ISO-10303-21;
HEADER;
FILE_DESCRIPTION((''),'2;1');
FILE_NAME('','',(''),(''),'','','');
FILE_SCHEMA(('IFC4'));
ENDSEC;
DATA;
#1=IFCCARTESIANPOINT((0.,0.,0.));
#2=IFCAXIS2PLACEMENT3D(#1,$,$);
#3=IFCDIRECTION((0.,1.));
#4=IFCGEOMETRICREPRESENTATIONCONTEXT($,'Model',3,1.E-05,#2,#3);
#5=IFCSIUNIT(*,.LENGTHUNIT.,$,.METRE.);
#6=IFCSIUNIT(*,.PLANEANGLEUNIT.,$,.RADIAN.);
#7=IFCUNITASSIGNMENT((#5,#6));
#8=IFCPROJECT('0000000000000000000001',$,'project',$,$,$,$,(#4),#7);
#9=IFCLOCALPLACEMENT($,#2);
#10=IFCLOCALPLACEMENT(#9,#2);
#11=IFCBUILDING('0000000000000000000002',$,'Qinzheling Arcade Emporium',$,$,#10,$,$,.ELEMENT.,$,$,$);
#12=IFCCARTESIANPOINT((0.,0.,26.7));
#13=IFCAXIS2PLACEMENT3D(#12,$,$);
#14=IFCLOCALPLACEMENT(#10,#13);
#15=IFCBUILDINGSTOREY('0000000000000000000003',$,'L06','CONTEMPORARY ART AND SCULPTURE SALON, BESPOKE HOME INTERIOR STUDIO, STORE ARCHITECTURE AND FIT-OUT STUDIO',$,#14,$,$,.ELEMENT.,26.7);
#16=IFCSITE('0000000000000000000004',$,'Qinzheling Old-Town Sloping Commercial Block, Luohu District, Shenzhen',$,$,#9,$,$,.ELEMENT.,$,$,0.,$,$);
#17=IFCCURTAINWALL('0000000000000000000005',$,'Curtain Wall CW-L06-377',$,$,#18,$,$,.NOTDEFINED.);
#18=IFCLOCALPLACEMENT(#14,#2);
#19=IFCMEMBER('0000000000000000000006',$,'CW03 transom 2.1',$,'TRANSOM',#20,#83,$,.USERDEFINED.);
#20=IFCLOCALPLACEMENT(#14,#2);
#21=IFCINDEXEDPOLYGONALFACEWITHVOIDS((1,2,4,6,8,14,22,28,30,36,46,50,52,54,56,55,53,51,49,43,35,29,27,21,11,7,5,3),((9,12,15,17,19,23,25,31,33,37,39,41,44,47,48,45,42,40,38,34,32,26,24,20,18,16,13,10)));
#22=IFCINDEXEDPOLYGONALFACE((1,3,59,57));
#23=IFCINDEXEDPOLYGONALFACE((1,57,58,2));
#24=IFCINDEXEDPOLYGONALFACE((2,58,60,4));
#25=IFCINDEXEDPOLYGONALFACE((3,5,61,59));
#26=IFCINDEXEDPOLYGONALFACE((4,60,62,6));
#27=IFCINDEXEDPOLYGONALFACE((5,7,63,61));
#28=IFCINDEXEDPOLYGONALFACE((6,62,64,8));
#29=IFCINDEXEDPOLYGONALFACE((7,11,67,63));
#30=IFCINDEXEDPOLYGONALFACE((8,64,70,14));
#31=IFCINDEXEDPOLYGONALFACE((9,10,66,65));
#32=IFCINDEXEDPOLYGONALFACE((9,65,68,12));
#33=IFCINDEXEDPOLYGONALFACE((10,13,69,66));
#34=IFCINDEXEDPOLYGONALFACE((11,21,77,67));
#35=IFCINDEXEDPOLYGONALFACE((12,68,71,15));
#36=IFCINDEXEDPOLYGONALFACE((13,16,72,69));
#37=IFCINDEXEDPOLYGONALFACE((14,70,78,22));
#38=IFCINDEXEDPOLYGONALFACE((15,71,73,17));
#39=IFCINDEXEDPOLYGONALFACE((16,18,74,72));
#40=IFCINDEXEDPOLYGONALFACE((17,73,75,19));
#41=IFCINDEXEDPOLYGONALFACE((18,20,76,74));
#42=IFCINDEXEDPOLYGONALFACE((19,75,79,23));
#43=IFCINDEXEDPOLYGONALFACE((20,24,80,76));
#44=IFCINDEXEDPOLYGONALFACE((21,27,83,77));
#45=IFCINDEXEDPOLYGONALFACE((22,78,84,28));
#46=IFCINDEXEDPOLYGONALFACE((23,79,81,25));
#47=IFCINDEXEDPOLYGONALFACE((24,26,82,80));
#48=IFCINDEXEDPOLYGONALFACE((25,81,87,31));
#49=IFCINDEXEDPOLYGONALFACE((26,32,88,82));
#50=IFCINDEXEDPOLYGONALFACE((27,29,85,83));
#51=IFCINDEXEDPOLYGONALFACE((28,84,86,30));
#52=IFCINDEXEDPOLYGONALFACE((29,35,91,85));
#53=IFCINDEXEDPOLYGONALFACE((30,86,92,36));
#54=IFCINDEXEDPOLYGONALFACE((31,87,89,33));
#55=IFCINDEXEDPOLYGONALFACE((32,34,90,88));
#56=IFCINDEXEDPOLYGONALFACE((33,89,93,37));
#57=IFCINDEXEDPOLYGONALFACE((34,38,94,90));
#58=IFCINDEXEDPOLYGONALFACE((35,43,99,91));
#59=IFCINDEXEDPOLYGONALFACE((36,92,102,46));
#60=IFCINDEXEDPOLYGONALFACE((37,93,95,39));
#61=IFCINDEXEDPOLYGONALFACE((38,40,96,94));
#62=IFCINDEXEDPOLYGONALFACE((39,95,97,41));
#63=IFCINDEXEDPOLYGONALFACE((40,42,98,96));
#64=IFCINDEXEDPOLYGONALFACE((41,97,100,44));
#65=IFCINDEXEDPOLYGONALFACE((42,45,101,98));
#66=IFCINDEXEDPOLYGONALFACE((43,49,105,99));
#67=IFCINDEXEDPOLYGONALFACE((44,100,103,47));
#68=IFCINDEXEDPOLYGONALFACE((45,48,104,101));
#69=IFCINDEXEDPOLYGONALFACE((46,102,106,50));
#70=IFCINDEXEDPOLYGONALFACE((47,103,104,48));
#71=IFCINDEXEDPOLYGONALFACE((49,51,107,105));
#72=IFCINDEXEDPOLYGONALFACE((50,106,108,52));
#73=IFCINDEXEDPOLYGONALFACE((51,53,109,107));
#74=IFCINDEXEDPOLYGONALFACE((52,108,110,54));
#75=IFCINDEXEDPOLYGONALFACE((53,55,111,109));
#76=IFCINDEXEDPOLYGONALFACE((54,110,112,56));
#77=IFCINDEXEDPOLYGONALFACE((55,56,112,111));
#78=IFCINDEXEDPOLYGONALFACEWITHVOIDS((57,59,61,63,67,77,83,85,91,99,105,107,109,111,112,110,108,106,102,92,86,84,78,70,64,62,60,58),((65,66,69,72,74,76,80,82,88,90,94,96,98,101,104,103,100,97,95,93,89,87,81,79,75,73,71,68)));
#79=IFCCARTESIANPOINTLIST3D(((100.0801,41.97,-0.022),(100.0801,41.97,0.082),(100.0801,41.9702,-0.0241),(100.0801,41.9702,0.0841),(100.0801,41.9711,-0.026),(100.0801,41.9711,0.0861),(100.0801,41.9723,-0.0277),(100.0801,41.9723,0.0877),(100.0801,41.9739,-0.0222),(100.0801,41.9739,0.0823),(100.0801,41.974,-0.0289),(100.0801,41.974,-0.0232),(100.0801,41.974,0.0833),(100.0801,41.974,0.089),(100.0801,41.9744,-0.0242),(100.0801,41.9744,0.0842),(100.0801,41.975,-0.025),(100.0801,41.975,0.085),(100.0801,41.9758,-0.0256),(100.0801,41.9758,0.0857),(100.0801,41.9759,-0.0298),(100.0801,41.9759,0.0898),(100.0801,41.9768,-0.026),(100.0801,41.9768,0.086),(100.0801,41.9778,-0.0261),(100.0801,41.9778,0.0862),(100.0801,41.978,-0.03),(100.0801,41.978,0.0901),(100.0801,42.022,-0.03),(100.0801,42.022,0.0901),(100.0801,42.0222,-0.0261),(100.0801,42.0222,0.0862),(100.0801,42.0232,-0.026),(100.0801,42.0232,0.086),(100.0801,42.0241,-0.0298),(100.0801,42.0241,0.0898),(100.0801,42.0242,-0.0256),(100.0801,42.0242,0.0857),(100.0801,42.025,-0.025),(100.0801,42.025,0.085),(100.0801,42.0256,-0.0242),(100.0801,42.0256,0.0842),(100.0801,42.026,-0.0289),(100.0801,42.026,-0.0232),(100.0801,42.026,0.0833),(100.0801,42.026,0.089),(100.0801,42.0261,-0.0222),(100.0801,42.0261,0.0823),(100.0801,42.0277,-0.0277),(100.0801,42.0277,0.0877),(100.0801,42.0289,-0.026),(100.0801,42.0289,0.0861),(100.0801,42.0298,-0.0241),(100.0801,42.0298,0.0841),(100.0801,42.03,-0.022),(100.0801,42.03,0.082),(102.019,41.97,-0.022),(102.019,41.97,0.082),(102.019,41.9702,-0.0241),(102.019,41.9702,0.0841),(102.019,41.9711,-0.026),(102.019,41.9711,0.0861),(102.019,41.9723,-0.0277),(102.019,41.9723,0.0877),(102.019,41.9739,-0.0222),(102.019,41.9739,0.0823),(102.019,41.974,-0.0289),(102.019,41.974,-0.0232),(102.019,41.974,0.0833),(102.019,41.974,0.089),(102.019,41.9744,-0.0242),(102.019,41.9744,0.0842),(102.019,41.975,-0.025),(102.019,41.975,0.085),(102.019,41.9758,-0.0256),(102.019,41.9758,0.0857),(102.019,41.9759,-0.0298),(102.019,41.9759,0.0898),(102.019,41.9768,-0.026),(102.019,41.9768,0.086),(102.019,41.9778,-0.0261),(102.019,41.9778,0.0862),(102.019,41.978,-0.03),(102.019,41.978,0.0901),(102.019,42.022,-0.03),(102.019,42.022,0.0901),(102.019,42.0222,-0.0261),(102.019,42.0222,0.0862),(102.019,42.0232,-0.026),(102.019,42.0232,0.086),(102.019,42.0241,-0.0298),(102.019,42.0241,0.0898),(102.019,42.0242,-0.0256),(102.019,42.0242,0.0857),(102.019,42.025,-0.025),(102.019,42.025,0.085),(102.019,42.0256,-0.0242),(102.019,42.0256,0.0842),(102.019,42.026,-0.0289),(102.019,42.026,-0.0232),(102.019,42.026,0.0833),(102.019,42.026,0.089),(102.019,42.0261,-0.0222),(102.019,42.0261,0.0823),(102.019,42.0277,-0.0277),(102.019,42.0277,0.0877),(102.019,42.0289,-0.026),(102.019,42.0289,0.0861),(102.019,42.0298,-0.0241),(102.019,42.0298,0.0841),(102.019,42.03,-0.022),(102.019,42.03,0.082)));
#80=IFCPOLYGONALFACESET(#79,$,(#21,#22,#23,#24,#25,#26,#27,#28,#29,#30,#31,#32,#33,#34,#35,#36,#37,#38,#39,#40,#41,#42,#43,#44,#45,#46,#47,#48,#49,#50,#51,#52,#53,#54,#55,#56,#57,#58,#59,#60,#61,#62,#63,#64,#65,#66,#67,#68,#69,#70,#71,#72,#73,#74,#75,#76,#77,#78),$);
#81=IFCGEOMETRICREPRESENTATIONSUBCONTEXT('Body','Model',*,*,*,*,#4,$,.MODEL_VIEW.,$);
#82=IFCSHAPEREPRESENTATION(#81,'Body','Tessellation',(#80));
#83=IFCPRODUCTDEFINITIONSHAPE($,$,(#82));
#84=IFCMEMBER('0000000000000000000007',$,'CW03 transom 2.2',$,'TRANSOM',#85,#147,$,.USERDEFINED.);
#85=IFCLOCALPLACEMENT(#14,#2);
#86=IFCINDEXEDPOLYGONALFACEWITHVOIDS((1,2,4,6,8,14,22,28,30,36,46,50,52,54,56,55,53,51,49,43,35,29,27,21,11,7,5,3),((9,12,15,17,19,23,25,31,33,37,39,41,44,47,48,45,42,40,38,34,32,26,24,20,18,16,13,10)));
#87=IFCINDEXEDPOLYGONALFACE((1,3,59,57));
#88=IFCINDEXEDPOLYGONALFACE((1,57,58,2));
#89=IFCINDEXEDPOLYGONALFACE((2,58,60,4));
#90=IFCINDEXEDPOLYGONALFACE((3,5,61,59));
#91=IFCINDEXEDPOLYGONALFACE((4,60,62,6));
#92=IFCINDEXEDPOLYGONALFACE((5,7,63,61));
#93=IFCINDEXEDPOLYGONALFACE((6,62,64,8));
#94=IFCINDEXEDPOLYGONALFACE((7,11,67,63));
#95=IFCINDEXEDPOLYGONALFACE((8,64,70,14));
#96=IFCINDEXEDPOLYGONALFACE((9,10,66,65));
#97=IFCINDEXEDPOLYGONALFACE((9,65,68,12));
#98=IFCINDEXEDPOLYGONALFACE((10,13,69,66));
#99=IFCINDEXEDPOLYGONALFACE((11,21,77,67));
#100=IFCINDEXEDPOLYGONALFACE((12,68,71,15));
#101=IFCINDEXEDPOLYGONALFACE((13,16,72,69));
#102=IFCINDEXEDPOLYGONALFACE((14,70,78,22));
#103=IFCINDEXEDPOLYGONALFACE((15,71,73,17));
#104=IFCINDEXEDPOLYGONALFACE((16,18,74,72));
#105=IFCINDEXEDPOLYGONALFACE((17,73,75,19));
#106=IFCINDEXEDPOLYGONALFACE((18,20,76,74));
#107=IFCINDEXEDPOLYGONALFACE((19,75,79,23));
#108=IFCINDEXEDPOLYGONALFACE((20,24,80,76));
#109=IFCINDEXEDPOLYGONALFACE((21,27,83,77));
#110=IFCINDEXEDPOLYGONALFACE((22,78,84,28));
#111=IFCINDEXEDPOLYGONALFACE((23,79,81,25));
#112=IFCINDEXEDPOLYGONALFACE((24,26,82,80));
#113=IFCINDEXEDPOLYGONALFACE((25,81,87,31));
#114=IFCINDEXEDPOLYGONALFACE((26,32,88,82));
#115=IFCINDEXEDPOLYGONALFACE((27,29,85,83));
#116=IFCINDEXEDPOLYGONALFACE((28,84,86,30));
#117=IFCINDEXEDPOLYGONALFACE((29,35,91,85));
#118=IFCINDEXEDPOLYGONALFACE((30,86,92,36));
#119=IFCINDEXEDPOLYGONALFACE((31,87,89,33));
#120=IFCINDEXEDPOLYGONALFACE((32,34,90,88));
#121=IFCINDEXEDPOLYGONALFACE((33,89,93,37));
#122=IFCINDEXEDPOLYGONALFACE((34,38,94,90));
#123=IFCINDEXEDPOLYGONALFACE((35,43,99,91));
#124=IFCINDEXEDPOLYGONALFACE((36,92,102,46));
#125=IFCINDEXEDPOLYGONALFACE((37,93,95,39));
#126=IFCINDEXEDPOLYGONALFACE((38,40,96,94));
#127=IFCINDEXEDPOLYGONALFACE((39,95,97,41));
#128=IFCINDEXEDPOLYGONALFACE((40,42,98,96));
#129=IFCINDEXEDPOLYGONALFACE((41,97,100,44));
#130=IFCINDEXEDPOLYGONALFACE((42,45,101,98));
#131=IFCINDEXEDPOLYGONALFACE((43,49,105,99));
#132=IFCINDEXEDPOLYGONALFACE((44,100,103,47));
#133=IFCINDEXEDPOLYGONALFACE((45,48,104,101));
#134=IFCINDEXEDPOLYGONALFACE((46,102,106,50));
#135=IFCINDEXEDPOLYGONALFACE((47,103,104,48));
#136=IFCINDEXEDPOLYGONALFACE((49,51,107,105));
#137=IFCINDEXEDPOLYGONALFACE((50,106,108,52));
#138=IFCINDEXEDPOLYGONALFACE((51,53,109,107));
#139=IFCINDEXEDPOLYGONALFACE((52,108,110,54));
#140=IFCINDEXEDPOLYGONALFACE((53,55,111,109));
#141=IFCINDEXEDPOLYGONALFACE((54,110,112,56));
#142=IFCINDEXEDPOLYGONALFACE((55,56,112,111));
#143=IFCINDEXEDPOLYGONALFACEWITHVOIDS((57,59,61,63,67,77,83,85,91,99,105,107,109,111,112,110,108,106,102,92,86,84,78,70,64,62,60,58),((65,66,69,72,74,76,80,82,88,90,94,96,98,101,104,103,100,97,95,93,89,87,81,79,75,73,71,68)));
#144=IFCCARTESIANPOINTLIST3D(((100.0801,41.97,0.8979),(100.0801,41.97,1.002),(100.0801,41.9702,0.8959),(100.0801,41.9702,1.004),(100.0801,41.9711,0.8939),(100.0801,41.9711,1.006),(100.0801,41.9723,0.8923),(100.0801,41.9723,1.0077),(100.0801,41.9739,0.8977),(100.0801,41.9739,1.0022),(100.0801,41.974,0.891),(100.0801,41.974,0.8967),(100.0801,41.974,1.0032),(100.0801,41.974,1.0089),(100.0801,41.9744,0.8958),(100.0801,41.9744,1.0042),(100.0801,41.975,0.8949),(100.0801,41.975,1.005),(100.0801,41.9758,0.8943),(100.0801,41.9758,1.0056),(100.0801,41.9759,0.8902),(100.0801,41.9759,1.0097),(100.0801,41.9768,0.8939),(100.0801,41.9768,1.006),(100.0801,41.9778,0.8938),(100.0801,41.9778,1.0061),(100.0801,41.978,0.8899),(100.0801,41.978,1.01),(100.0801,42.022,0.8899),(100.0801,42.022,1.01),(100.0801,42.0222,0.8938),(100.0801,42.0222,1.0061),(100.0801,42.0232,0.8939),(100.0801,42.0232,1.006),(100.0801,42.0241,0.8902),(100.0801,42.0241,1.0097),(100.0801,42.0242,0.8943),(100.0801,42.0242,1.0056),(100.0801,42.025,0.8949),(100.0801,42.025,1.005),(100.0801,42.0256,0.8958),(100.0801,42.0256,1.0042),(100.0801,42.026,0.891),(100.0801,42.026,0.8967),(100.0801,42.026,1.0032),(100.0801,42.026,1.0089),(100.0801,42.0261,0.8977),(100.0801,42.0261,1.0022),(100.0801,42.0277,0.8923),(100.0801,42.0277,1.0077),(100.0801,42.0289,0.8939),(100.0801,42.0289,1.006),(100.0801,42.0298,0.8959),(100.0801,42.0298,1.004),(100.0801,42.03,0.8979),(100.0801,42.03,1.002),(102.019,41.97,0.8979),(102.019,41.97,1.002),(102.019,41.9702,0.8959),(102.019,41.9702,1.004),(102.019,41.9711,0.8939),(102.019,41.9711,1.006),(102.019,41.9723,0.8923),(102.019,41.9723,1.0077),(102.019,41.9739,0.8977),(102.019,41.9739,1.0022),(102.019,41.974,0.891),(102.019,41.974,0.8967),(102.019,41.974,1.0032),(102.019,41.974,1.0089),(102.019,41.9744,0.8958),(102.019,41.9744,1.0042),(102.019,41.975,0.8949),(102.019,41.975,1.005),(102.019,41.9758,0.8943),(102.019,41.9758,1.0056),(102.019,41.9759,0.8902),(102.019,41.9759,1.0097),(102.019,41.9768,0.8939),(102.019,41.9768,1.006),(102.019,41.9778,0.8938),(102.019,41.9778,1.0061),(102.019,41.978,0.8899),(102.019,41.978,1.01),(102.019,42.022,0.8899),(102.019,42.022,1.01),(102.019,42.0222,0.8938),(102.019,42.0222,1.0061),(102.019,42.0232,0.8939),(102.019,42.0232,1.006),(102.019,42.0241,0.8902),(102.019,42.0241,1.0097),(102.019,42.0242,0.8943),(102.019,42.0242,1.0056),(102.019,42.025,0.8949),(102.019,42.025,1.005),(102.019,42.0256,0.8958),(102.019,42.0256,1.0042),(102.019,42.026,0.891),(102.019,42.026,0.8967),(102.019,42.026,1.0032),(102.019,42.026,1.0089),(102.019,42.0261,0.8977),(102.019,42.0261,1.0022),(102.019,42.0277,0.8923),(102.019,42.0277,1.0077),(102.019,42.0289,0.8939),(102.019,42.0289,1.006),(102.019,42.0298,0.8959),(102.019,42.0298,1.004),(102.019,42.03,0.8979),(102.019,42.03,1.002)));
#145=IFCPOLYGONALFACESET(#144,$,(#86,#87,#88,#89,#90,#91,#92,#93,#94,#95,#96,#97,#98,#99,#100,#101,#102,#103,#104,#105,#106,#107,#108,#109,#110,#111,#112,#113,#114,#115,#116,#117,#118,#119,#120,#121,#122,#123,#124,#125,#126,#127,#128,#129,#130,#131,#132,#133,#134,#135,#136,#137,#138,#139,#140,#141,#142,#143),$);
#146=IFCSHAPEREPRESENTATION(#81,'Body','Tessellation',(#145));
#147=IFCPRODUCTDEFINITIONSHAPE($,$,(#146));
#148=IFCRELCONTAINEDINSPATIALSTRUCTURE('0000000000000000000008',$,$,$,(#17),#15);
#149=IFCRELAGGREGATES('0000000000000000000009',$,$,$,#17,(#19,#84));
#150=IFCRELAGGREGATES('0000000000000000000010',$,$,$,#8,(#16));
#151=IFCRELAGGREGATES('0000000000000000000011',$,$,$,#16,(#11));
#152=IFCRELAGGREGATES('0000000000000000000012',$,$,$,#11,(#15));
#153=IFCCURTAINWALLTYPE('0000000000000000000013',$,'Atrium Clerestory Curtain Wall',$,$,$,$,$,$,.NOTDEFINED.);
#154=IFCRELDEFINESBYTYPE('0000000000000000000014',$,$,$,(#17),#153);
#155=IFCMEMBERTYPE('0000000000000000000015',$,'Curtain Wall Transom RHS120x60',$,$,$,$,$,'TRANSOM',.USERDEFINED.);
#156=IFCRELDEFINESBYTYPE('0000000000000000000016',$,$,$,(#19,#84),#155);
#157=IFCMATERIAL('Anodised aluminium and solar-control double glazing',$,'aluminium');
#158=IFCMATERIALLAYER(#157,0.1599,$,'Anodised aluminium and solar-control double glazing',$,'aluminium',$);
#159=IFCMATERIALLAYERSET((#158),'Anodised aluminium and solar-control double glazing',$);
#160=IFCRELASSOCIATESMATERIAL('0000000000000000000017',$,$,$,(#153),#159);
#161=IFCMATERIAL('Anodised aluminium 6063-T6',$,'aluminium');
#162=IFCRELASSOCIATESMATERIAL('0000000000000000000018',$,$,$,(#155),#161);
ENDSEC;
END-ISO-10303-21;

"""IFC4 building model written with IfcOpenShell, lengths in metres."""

from ifc_helpers import new_model, si_unit, direction, frame, origin, origin_2d, place, context, subcontext, project, spatial, hollow_rectangle, extrude, material, layer, layer_set, material_profile, profile_set, type_object, element, aggregate, save


model = new_model("IFC4")

# Units and contexts
model_context = context("Model", 3, precision=1e-05, world=origin(), true_north=direction((0.0, 1.0)))
body_context = subcontext(model_context, "Body", "Model", "MODEL_VIEW")
ifc_project = project(units=[si_unit("LENGTHUNIT", "METRE"), si_unit("PLANEANGLEUNIT", "RADIAN")], contexts=[model_context])

# Site, building, storey
site_placement = place(None, origin())
site = spatial("IfcSite", under=ifc_project, at=site_placement, Name="Qinzheling Old-Town Sloping Commercial Block, Luohu District, Shenzhen", CompositionType="ELEMENT", RefElevation=0.0)
building_placement = place(site_placement, origin())
building = spatial("IfcBuilding", under=site, at=building_placement, Name="Qinzheling Arcade Emporium", CompositionType="ELEMENT")
storey_placement = place(building_placement, frame((0.0, 0.0, 26.7)))
storey = spatial("IfcBuildingStorey", under=building, at=storey_placement, Name="L06", Description="CONTEMPORARY ART AND SCULPTURE SALON, BESPOKE HOME INTERIOR STUDIO, STORE ARCHITECTURE AND FIT-OUT STUDIO", CompositionType="ELEMENT", Elevation=26.7)

# Curtain wall, members
ifc_material_1 = material(Name="Anodised aluminium and solar-control double glazing", Category="aluminium")
ifc_layer_1 = layer(ifc_material_1, 0.1599, Name="Anodised aluminium and solar-control double glazing", Category="aluminium")
ifc_layer_set_1 = layer_set([ifc_layer_1], Name="Anodised aluminium and solar-control double glazing")
curtain_wall_type = type_object("IfcCurtainWallType", Name="Atrium Clerestory Curtain Wall", PredefinedType="NOTDEFINED", material=ifc_layer_set_1)
curtain_wall_placement = place(storey_placement, origin())
curtain_wall = element("IfcCurtainWall", 1, at=curtain_wall_placement, inside=storey, type_object=curtain_wall_type, Name="Curtain Wall CW-L06-377", PredefinedType="NOTDEFINED")
ifc_material_2 = material(Name="Anodised aluminium 6063-T6", Category="aluminium")
ifc_material_profile_1 = material_profile(ifc_material_2, hollow_rectangle(XDim=0.0601, YDim=0.1201, WallThickness=0.0039, InnerFilletRadius=0.0039, OuterFilletRadius=0.0081, at=origin_2d()), Name="RHS 120x60x4", Category="aluminium")
ifc_profile_set_1 = profile_set([ifc_material_profile_1], Name="Anodised aluminium 6063-T6")
member_type_1 = type_object("IfcMemberType", Name="Curtain Wall Transom RHS120x60", ElementType="TRANSOM", PredefinedType="USERDEFINED", material=ifc_profile_set_1)
member_1_placement = place(storey_placement, frame((102.019, 42.0, 0.03), z_axis=(-1.0, 0.0, 0.0), x_axis=(0.0, -1.0, 0.0)))
member_1 = element("IfcMember", 2, at=member_1_placement, type_object=member_type_1, Name="CW03 transom 2.1", ObjectType="TRANSOM", PredefinedType="USERDEFINED", context=body_context, shape_type="SweptSolid", body=[
    extrude(hollow_rectangle(XDim=0.0601, YDim=0.1201, WallThickness=0.0039, InnerFilletRadius=0.0039, OuterFilletRadius=0.0081, at=origin_2d()), origin(), (0.0, 0.0, 1.0), 1.939),
])
member_2_placement = place(storey_placement, frame((102.019, 42.0, 0.95), z_axis=(-1.0, 0.0, 0.0), x_axis=(0.0, -1.0, 0.0)))
member_2 = element("IfcMember", 3, at=member_2_placement, type_object=member_type_1, Name="CW03 transom 2.2", ObjectType="TRANSOM", PredefinedType="USERDEFINED", context=body_context, shape_type="SweptSolid", body=[
    extrude(hollow_rectangle(XDim=0.0601, YDim=0.1201, WallThickness=0.0039, InnerFilletRadius=0.0039, OuterFilletRadius=0.0081, at=origin_2d()), origin(), (0.0, 0.0, 1.0), 1.939),
])
aggregate(curtain_wall, [member_1, member_2])

save(model, "model.ifc")
